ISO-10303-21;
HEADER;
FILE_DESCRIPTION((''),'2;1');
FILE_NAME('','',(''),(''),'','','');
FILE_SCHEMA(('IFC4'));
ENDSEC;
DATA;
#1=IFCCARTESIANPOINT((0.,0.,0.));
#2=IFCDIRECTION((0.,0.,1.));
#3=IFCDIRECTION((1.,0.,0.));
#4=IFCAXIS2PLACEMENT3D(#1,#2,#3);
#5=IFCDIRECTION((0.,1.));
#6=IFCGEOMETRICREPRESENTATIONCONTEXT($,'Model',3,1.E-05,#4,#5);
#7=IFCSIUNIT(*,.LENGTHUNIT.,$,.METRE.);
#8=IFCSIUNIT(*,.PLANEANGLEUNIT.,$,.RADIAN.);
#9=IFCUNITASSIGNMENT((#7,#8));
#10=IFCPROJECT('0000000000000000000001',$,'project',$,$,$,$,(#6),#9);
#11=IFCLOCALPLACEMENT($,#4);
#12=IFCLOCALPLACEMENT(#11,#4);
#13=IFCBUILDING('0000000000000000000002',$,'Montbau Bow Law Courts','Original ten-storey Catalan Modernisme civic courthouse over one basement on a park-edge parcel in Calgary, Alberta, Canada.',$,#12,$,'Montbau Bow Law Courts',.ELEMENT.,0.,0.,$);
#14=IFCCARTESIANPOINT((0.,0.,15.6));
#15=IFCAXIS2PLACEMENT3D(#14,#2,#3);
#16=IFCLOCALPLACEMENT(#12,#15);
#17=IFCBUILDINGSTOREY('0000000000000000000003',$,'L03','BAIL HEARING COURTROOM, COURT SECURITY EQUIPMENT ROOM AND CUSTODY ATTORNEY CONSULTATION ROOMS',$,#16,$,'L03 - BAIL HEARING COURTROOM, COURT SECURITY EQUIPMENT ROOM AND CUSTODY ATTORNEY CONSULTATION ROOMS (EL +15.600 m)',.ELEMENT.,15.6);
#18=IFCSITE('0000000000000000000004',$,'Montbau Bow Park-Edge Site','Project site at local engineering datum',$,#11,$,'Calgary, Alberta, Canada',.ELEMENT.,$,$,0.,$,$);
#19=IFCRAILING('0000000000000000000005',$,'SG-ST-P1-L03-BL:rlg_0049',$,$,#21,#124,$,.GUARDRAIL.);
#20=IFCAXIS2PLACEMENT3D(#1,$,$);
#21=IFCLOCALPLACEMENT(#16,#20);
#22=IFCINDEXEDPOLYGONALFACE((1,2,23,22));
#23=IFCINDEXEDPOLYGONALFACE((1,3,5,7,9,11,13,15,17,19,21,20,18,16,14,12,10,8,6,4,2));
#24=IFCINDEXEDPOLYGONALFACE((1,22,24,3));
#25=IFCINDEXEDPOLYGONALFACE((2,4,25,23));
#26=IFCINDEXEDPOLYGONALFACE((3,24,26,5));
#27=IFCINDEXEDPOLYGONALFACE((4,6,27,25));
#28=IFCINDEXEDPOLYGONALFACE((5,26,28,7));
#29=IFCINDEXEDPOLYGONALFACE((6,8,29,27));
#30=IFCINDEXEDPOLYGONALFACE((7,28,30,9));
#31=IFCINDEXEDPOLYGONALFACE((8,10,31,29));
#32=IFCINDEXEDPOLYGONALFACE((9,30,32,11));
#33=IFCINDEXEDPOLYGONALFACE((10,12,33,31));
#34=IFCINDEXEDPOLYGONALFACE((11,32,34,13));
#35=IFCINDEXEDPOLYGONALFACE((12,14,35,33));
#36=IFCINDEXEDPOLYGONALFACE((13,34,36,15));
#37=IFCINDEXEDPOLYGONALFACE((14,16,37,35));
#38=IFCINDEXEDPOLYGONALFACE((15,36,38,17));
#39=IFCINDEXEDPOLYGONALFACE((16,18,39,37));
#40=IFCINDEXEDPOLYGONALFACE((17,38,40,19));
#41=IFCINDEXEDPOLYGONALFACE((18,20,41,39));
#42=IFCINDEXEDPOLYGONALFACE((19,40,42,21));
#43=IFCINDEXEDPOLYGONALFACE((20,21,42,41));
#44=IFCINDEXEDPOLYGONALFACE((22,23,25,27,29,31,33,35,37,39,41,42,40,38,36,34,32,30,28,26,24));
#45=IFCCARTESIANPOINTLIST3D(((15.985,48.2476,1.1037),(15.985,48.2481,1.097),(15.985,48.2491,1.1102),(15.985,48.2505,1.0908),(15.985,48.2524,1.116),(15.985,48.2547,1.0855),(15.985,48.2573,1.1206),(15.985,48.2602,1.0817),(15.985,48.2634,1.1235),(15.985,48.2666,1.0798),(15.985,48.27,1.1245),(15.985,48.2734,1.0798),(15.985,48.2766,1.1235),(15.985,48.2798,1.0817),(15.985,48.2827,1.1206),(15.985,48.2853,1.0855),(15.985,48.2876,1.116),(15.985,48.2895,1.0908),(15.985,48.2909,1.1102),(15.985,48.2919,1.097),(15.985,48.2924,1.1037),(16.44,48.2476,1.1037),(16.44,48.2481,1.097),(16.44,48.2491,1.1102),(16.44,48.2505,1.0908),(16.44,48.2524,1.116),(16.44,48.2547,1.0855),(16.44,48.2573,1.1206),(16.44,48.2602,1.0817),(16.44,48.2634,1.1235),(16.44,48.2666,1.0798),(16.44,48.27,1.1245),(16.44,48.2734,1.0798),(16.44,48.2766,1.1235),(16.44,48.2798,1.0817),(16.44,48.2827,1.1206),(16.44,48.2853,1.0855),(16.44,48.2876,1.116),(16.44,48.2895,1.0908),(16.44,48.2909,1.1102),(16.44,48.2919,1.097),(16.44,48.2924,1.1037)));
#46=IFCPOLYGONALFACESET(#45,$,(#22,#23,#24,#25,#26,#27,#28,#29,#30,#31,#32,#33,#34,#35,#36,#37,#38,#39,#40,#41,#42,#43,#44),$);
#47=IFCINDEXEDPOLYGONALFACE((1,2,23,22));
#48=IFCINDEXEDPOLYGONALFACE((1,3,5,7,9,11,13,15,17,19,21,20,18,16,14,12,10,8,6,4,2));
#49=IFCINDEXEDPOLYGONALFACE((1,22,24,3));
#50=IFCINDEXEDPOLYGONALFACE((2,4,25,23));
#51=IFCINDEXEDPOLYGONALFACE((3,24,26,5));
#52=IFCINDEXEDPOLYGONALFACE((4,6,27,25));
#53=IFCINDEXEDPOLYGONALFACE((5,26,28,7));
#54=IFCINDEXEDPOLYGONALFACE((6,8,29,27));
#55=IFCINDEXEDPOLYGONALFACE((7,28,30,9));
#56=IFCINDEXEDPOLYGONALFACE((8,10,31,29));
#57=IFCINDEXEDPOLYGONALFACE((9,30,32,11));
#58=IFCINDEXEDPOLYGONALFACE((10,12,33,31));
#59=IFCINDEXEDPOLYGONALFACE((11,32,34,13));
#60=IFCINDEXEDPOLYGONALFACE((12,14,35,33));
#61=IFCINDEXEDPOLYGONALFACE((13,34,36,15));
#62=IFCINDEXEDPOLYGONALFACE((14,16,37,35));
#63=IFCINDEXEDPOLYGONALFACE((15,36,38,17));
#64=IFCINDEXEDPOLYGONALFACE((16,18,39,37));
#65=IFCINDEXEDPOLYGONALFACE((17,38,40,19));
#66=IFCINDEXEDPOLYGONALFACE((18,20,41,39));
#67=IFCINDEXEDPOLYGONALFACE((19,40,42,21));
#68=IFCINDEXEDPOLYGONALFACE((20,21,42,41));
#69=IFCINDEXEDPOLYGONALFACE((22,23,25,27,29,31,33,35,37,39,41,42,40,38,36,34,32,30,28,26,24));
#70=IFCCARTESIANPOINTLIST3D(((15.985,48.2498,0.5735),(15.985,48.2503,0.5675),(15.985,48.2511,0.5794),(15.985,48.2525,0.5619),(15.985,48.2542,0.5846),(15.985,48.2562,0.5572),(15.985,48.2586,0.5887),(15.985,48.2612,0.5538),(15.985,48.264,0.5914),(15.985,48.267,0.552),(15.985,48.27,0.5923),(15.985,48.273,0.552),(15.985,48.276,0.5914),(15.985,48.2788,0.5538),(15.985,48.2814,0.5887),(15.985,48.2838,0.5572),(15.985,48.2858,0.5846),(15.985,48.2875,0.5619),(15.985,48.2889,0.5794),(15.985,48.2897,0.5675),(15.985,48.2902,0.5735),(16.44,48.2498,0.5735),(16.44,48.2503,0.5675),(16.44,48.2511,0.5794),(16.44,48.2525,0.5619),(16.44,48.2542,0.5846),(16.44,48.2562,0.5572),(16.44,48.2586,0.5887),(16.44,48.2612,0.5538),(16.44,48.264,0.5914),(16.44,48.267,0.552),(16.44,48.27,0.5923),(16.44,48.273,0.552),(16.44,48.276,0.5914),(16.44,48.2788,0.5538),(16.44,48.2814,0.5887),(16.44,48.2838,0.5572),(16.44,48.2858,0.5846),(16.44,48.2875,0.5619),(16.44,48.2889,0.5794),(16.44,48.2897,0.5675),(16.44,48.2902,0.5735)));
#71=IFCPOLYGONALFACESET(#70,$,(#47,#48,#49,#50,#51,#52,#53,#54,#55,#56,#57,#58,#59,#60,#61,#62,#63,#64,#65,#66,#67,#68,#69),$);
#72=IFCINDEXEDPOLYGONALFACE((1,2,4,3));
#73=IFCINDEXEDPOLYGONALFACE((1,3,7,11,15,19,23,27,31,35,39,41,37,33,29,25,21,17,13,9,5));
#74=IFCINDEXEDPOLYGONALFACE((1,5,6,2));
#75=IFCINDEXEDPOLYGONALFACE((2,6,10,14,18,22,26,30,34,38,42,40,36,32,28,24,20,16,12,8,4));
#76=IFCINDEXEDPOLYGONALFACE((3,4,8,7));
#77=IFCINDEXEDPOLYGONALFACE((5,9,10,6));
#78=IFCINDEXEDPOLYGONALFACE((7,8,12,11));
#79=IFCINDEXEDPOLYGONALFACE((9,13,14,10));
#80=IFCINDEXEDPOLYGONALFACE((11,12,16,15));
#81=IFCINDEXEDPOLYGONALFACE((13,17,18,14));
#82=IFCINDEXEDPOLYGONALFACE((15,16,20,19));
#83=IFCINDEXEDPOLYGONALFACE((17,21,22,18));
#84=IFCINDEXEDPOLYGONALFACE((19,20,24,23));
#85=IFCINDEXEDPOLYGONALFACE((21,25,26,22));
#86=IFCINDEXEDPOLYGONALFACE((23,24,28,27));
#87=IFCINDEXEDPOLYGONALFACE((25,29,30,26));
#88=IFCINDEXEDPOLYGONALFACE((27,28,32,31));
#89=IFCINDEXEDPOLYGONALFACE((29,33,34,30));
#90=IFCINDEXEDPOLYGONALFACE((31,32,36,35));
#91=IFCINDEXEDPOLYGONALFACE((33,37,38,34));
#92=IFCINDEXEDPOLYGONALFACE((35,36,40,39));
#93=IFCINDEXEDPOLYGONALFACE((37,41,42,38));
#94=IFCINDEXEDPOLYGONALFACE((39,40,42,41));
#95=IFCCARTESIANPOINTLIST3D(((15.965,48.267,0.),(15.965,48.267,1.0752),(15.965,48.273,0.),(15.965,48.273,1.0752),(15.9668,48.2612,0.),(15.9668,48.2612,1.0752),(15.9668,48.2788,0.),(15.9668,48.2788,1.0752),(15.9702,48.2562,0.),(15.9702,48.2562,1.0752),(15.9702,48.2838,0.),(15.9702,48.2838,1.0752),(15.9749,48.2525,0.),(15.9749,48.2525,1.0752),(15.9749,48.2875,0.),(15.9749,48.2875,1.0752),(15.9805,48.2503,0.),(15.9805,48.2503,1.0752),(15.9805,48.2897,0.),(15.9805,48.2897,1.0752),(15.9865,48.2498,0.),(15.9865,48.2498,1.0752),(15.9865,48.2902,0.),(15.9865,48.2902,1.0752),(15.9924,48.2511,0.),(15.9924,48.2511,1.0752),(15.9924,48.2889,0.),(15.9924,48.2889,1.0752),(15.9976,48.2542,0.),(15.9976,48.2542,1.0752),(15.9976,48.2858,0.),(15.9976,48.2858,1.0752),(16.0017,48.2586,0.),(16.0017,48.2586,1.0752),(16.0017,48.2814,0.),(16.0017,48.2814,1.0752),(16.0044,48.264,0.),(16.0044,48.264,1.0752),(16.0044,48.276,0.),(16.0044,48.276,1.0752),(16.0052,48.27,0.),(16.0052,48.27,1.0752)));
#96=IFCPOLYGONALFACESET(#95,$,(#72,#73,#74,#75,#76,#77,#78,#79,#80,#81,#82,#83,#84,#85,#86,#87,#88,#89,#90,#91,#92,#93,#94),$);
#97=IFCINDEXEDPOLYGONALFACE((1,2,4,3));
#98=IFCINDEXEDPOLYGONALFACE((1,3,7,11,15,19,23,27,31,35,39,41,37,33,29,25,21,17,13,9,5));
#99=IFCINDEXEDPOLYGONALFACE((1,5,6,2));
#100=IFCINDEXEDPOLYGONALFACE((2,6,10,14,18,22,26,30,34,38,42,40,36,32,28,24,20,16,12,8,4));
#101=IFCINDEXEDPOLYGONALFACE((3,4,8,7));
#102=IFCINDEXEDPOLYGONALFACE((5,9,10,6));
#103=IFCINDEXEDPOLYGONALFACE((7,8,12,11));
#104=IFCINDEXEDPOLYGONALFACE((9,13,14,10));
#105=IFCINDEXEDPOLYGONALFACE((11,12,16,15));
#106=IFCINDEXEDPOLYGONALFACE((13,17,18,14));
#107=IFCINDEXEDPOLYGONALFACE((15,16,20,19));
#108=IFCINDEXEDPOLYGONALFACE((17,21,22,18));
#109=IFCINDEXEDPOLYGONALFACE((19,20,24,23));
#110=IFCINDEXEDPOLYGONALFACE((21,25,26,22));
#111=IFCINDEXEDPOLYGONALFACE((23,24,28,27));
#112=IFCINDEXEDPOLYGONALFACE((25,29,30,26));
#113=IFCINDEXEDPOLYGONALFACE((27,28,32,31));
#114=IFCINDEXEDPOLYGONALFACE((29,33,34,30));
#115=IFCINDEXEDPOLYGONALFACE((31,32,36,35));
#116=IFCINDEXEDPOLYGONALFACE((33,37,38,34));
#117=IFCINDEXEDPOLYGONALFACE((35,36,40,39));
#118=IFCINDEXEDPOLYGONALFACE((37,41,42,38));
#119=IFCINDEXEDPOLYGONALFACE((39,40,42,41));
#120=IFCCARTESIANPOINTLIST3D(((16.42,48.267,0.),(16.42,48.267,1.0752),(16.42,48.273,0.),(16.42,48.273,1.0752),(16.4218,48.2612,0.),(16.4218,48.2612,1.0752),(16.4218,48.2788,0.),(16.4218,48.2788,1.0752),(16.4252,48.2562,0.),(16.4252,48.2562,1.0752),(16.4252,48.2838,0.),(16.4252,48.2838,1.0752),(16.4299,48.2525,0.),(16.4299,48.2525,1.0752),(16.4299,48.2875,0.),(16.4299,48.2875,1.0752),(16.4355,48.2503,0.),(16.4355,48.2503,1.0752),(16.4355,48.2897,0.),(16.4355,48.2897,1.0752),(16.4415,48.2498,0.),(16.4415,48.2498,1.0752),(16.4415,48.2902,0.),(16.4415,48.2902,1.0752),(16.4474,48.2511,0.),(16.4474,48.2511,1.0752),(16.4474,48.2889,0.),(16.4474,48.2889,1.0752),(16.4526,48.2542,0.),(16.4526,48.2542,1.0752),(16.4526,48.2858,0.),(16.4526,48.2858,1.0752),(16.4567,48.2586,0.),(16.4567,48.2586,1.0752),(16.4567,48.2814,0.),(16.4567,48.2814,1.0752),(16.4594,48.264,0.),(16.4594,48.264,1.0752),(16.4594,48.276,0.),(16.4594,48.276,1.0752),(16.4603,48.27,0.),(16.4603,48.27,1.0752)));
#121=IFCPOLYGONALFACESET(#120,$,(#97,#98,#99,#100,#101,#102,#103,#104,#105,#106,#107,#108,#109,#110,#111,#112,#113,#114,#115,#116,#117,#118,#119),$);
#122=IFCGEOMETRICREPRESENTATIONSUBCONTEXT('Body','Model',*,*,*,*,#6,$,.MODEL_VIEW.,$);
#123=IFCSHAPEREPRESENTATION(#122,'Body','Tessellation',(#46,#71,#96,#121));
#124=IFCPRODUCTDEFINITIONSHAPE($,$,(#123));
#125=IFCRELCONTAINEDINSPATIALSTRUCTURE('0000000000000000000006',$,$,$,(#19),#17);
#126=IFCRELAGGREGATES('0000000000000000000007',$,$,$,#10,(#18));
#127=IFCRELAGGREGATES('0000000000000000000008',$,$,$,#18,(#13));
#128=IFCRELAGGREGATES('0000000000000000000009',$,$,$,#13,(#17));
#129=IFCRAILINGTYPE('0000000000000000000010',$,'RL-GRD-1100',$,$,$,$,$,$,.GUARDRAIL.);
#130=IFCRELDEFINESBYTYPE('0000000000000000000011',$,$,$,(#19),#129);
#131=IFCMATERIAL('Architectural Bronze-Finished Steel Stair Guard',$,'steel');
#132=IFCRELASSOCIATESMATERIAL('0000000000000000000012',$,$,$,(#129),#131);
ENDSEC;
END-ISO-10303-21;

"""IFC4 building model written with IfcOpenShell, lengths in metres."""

from ifc_helpers import new_model, si_unit, direction, frame, origin_with_axes, origin_2d_with_axis, place, context, subcontext, project, spatial, circle, extrude, material, type_object, element, save


model = new_model("IFC4")

# Units and contexts
model_context = context("Model", 3, precision=1e-05, world=origin_with_axes(), true_north=direction((0.0, 1.0)))
body_context = subcontext(model_context, "Body", "Model", "MODEL_VIEW")
ifc_project = project(units=[si_unit("LENGTHUNIT", "METRE"), si_unit("PLANEANGLEUNIT", "RADIAN")], contexts=[model_context])

# Site, building, storey
site_placement = place(None, origin_with_axes())
site = spatial("IfcSite", under=ifc_project, at=site_placement, Name="Montbau Bow Park-Edge Site", Description="Project site at local engineering datum", LongName="Calgary, Alberta, Canada", CompositionType="ELEMENT", RefElevation=0.0)
building_placement = place(site_placement, origin_with_axes())
building = spatial("IfcBuilding", under=site, at=building_placement, Name="Montbau Bow Law Courts", Description="Original ten-storey Catalan Modernisme civic courthouse over one basement on a park-edge parcel in Calgary, Alberta, Canada.", LongName="Montbau Bow Law Courts", CompositionType="ELEMENT", ElevationOfRefHeight=0.0, ElevationOfTerrain=0.0)
storey_placement = place(building_placement, frame((0.0, 0.0, 15.6), z_axis=(0.0, 0.0, 1.0), x_axis=(1.0, 0.0, 0.0)))
storey = spatial("IfcBuildingStorey", under=building, at=storey_placement, Name="L03", Description="BAIL HEARING COURTROOM, COURT SECURITY EQUIPMENT ROOM AND CUSTODY ATTORNEY CONSULTATION ROOMS", LongName="L03 - BAIL HEARING COURTROOM, COURT SECURITY EQUIPMENT ROOM AND CUSTODY ATTORNEY CONSULTATION ROOMS (EL +15.600 m)", CompositionType="ELEMENT", Elevation=15.6)

# Railing
ifc_material_1 = material(Name="Architectural Bronze-Finished Steel Stair Guard", Category="steel")
railing_type_1 = type_object("IfcRailingType", Name="RL-GRD-1100", PredefinedType="GUARDRAIL", material=ifc_material_1)
railing_1_placement = place(None, origin_with_axes())
element("IfcRailing", 1, at=railing_1_placement, inside=storey, type_object=railing_type_1, Name="SG-ST-P1-L03-BL:rlg_0049", PredefinedType="GUARDRAIL", context=body_context, shape_type="SweptSolid", body=[
    extrude(circle(Radius=0.0225, at=origin_2d_with_axis()), frame((15.985, 48.27, 16.702), z_axis=(1.0, 0.0, 0.0), x_axis=(0.0, 0.0, 1.0)), (0.0, 0.0, 1.0), 0.455),
    extrude(circle(Radius=0.0203, at=origin_2d_with_axis()), frame((15.985, 48.27, 16.172), z_axis=(1.0, 0.0, 0.0), x_axis=(0.0, 0.0, 1.0)), (0.0, 0.0, 1.0), 0.455),
    extrude(circle(Radius=0.0203, at=origin_2d_with_axis()), frame((15.985, 48.27, 15.6), z_axis=(0.0, 0.0, 1.0), x_axis=(1.0, 0.0, 0.0)), (0.0, 0.0, 1.0), 1.0753),
    extrude(circle(Radius=0.0203, at=origin_2d_with_axis()), frame((16.44, 48.27, 15.6), z_axis=(0.0, 0.0, 1.0), x_axis=(1.0, 0.0, 0.0)), (0.0, 0.0, 1.0), 1.0753),
])

save(model, "model.ifc")
